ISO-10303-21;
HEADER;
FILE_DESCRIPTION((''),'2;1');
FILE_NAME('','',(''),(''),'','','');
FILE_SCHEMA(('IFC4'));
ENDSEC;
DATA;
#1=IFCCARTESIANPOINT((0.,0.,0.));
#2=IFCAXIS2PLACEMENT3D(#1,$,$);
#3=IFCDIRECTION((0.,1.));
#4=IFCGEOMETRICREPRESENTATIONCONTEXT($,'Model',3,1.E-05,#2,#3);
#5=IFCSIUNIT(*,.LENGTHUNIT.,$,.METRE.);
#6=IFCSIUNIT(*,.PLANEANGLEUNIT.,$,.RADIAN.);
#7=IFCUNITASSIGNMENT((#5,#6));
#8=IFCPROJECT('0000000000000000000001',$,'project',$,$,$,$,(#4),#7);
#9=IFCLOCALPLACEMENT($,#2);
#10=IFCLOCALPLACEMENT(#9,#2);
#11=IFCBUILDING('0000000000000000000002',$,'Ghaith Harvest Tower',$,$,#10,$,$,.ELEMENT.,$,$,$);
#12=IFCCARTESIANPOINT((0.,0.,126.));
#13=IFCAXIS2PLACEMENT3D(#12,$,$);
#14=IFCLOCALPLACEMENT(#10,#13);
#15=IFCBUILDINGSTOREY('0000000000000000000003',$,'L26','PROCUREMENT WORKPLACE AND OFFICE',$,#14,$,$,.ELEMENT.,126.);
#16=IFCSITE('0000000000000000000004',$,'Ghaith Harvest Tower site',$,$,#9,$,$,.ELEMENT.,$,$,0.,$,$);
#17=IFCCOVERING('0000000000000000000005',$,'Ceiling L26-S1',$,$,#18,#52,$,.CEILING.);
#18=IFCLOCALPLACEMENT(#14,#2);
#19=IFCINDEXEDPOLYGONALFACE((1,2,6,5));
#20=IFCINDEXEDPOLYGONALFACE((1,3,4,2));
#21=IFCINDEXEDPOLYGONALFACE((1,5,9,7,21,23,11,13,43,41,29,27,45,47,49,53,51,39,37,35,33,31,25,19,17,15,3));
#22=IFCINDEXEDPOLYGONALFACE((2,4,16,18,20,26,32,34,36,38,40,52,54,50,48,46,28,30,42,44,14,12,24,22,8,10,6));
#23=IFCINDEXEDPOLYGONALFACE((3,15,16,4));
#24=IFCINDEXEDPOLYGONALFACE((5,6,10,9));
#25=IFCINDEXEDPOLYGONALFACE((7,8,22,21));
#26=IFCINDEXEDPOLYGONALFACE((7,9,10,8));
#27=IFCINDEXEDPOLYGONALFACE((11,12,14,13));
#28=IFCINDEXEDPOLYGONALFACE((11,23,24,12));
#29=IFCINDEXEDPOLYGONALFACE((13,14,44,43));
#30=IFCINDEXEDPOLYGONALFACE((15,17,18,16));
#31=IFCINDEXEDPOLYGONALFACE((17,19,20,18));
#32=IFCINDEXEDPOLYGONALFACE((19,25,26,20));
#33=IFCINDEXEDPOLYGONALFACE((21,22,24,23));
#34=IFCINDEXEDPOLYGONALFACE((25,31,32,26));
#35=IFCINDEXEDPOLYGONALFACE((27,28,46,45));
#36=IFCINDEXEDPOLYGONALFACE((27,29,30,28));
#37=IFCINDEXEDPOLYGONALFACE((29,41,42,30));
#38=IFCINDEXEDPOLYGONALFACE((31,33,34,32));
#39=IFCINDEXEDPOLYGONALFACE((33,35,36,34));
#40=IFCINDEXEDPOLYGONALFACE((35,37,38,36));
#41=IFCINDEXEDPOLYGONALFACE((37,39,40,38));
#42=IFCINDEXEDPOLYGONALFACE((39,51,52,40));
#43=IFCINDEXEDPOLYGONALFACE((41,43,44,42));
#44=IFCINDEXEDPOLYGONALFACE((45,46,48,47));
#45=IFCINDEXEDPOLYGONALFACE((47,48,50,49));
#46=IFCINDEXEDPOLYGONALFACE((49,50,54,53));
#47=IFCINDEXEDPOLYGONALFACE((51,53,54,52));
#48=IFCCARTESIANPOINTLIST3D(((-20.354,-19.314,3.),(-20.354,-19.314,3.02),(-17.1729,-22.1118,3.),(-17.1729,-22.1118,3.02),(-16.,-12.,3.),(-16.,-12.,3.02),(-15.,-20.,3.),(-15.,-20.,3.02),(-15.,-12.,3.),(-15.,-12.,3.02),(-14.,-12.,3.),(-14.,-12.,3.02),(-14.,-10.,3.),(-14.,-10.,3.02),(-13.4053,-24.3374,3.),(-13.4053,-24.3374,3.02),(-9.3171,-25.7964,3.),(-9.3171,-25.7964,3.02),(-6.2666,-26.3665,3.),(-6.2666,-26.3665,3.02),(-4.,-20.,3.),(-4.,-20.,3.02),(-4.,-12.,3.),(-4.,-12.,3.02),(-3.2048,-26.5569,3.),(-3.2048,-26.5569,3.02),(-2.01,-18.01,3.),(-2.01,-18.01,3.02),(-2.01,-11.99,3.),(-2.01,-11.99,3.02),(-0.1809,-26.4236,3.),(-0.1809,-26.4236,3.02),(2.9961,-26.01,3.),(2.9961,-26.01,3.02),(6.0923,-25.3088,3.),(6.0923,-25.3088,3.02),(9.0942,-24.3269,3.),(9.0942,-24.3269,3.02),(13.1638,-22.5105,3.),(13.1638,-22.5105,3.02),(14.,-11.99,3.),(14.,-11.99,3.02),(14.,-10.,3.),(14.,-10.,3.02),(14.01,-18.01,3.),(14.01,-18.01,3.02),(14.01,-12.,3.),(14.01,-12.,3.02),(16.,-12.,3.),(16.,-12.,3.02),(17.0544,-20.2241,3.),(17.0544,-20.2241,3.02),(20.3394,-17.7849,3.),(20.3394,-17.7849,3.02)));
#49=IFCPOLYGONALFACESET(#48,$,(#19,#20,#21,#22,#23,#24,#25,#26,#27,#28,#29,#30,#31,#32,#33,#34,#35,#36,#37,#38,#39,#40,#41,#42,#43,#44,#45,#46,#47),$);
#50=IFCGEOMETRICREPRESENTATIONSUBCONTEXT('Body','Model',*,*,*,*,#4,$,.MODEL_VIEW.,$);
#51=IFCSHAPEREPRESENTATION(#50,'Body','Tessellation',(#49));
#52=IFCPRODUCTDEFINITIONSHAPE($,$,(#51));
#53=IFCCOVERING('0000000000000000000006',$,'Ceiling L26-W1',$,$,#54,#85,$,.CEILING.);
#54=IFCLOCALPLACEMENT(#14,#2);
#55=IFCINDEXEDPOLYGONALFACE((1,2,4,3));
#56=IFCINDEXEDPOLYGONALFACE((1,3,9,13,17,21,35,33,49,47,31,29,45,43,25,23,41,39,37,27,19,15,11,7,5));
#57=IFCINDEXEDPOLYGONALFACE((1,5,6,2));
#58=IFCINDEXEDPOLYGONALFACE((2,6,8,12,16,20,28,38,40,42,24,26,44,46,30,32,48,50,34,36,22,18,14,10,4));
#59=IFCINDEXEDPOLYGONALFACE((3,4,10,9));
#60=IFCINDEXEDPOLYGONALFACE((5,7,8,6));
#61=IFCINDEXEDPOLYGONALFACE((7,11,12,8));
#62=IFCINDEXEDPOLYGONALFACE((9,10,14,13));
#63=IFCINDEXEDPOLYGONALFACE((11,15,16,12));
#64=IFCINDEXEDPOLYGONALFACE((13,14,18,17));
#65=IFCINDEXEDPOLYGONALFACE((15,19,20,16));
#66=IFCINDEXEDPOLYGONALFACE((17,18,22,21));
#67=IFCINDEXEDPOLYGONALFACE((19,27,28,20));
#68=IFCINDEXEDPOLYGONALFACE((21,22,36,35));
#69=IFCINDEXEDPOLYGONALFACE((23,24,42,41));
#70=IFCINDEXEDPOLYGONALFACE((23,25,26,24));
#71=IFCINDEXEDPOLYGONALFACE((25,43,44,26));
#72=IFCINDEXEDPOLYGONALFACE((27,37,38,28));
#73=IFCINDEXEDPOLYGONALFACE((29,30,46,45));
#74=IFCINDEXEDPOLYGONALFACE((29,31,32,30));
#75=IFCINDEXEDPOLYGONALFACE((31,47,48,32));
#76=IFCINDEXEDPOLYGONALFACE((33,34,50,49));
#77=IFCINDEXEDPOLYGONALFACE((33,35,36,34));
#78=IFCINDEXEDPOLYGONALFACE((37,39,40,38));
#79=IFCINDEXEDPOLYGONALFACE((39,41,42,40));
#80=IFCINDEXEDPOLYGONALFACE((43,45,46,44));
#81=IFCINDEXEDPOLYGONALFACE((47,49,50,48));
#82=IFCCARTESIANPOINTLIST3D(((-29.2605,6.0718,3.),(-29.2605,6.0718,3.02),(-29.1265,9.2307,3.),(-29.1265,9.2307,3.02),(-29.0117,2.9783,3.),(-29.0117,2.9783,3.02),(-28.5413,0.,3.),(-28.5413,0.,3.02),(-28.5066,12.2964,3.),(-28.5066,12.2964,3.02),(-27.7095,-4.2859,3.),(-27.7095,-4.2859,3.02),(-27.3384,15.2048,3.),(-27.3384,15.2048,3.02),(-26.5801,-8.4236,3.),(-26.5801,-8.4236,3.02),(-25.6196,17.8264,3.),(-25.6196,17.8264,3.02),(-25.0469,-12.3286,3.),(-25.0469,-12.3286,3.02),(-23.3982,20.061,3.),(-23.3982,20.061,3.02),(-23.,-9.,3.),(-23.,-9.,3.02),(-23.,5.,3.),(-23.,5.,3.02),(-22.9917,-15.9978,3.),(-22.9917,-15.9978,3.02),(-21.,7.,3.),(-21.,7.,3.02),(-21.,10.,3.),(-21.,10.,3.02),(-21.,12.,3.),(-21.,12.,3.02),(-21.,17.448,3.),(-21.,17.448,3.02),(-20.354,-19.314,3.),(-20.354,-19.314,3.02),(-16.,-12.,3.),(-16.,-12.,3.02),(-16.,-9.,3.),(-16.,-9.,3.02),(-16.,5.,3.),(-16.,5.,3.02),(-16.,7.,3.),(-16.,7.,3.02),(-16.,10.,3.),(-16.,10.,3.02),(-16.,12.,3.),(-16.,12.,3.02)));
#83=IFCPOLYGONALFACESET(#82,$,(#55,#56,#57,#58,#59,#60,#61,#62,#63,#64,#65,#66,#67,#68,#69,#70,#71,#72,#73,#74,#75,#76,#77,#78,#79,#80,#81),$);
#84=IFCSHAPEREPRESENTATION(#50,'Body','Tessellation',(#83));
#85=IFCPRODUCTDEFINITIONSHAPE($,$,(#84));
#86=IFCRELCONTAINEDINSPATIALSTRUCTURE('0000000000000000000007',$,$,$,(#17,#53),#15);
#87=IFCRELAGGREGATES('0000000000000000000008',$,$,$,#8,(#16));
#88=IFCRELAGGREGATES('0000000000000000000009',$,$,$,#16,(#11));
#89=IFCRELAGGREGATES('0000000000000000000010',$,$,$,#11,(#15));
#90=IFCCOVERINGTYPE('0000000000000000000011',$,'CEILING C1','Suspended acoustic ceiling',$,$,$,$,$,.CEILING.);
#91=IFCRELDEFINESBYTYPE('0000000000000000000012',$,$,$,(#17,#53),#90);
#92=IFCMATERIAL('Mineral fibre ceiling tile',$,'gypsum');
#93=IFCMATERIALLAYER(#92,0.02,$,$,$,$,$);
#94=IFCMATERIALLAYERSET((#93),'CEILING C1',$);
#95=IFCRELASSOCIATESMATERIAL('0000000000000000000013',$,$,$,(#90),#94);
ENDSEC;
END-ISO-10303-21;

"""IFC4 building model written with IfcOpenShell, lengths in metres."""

from ifc_helpers import new_model, si_unit, direction, frame, origin, place, context, subcontext, project, spatial, polyline, outline, extrude, material, layer, layer_set, type_object, element, save


model = new_model("IFC4")

# Units and contexts
model_context = context("Model", 3, precision=1e-05, world=origin(), true_north=direction((0.0, 1.0)))
body_context = subcontext(model_context, "Body", "Model", "MODEL_VIEW")
ifc_project = project(units=[si_unit("LENGTHUNIT", "METRE"), si_unit("PLANEANGLEUNIT", "RADIAN")], contexts=[model_context])

# Site, building, storey
site_placement = place(None, origin())
site = spatial("IfcSite", under=ifc_project, at=site_placement, Name="Ghaith Harvest Tower site", CompositionType="ELEMENT", RefElevation=0.0)
building_placement = place(site_placement, origin())
building = spatial("IfcBuilding", under=site, at=building_placement, Name="Ghaith Harvest Tower", CompositionType="ELEMENT")
storey_placement = place(building_placement, frame((0.0, 0.0, 126.0)))
storey = spatial("IfcBuildingStorey", under=building, at=storey_placement, Name="L26", Description="PROCUREMENT WORKPLACE AND OFFICE", CompositionType="ELEMENT", Elevation=126.0)

# Coverings
ifc_material_1 = material(Name="Mineral fibre ceiling tile", Category="gypsum")
ifc_layer_1 = layer(ifc_material_1, 0.02)
ifc_layer_set_1 = layer_set([ifc_layer_1], Name="CEILING C1")
covering_type = type_object("IfcCoveringType", Name="CEILING C1", Description="Suspended acoustic ceiling", PredefinedType="CEILING", material=ifc_layer_set_1)
covering_1_placement = place(storey_placement, frame((0.0, 0.0, 3.0)))
element("IfcCovering", 1, at=covering_1_placement, inside=storey, type_object=covering_type, Name="Ceiling L26-S1", PredefinedType="CEILING", context=body_context, shape_type="SweptSolid", body=[
    extrude(outline(polyline([(13.1638, -22.5105), (9.0942, -24.3269), (6.0923, -25.3088), (2.9961, -26.01), (-0.1809, -26.4236), (-3.2048, -26.5569), (-6.2666, -26.3665), (-9.3171, -25.7964), (-13.4053, -24.3374), (-17.1729, -22.1118), (-20.354, -19.314), (-16.0, -12.0), (-15.0, -12.0), (-15.0, -20.0), (-4.0, -20.0), (-4.0, -12.0), (-14.0, -12.0), (-14.0, -10.0), (14.0, -10.0), (14.0, -11.99), (-2.01, -11.99), (-2.01, -18.01), (14.01, -18.01), (14.01, -12.0), (16.0, -12.0), (20.3394, -17.7849), (17.0544, -20.2241), (13.1638, -22.5105)])), origin(), (0.0, 0.0, 1.0), 0.02),
])
covering_2_placement = place(storey_placement, frame((0.0, 0.0, 3.0)))
element("IfcCovering", 2, at=covering_2_placement, inside=storey, type_object=covering_type, Name="Ceiling L26-W1", PredefinedType="CEILING", context=body_context, shape_type="SweptSolid", body=[
    extrude(outline(polyline([(-28.5413, 0.0), (-29.0117, 2.9783), (-29.2605, 6.0718), (-29.1265, 9.2307), (-28.5066, 12.2964), (-27.3384, 15.2048), (-25.6196, 17.8264), (-23.3982, 20.061), (-21.0, 17.448), (-21.0, 12.0), (-16.0, 12.0), (-16.0, 10.0), (-21.0, 10.0), (-21.0, 7.0), (-16.0, 7.0), (-16.0, 5.0), (-23.0, 5.0), (-23.0, -9.0), (-16.0, -9.0), (-16.0, -12.0), (-20.354, -19.314), (-22.9917, -15.9978), (-25.0469, -12.3286), (-26.5801, -8.4236), (-27.7095, -4.2859), (-28.5413, 0.0)])), origin(), (0.0, 0.0, 1.0), 0.02),
])

save(model, "model.ifc")
